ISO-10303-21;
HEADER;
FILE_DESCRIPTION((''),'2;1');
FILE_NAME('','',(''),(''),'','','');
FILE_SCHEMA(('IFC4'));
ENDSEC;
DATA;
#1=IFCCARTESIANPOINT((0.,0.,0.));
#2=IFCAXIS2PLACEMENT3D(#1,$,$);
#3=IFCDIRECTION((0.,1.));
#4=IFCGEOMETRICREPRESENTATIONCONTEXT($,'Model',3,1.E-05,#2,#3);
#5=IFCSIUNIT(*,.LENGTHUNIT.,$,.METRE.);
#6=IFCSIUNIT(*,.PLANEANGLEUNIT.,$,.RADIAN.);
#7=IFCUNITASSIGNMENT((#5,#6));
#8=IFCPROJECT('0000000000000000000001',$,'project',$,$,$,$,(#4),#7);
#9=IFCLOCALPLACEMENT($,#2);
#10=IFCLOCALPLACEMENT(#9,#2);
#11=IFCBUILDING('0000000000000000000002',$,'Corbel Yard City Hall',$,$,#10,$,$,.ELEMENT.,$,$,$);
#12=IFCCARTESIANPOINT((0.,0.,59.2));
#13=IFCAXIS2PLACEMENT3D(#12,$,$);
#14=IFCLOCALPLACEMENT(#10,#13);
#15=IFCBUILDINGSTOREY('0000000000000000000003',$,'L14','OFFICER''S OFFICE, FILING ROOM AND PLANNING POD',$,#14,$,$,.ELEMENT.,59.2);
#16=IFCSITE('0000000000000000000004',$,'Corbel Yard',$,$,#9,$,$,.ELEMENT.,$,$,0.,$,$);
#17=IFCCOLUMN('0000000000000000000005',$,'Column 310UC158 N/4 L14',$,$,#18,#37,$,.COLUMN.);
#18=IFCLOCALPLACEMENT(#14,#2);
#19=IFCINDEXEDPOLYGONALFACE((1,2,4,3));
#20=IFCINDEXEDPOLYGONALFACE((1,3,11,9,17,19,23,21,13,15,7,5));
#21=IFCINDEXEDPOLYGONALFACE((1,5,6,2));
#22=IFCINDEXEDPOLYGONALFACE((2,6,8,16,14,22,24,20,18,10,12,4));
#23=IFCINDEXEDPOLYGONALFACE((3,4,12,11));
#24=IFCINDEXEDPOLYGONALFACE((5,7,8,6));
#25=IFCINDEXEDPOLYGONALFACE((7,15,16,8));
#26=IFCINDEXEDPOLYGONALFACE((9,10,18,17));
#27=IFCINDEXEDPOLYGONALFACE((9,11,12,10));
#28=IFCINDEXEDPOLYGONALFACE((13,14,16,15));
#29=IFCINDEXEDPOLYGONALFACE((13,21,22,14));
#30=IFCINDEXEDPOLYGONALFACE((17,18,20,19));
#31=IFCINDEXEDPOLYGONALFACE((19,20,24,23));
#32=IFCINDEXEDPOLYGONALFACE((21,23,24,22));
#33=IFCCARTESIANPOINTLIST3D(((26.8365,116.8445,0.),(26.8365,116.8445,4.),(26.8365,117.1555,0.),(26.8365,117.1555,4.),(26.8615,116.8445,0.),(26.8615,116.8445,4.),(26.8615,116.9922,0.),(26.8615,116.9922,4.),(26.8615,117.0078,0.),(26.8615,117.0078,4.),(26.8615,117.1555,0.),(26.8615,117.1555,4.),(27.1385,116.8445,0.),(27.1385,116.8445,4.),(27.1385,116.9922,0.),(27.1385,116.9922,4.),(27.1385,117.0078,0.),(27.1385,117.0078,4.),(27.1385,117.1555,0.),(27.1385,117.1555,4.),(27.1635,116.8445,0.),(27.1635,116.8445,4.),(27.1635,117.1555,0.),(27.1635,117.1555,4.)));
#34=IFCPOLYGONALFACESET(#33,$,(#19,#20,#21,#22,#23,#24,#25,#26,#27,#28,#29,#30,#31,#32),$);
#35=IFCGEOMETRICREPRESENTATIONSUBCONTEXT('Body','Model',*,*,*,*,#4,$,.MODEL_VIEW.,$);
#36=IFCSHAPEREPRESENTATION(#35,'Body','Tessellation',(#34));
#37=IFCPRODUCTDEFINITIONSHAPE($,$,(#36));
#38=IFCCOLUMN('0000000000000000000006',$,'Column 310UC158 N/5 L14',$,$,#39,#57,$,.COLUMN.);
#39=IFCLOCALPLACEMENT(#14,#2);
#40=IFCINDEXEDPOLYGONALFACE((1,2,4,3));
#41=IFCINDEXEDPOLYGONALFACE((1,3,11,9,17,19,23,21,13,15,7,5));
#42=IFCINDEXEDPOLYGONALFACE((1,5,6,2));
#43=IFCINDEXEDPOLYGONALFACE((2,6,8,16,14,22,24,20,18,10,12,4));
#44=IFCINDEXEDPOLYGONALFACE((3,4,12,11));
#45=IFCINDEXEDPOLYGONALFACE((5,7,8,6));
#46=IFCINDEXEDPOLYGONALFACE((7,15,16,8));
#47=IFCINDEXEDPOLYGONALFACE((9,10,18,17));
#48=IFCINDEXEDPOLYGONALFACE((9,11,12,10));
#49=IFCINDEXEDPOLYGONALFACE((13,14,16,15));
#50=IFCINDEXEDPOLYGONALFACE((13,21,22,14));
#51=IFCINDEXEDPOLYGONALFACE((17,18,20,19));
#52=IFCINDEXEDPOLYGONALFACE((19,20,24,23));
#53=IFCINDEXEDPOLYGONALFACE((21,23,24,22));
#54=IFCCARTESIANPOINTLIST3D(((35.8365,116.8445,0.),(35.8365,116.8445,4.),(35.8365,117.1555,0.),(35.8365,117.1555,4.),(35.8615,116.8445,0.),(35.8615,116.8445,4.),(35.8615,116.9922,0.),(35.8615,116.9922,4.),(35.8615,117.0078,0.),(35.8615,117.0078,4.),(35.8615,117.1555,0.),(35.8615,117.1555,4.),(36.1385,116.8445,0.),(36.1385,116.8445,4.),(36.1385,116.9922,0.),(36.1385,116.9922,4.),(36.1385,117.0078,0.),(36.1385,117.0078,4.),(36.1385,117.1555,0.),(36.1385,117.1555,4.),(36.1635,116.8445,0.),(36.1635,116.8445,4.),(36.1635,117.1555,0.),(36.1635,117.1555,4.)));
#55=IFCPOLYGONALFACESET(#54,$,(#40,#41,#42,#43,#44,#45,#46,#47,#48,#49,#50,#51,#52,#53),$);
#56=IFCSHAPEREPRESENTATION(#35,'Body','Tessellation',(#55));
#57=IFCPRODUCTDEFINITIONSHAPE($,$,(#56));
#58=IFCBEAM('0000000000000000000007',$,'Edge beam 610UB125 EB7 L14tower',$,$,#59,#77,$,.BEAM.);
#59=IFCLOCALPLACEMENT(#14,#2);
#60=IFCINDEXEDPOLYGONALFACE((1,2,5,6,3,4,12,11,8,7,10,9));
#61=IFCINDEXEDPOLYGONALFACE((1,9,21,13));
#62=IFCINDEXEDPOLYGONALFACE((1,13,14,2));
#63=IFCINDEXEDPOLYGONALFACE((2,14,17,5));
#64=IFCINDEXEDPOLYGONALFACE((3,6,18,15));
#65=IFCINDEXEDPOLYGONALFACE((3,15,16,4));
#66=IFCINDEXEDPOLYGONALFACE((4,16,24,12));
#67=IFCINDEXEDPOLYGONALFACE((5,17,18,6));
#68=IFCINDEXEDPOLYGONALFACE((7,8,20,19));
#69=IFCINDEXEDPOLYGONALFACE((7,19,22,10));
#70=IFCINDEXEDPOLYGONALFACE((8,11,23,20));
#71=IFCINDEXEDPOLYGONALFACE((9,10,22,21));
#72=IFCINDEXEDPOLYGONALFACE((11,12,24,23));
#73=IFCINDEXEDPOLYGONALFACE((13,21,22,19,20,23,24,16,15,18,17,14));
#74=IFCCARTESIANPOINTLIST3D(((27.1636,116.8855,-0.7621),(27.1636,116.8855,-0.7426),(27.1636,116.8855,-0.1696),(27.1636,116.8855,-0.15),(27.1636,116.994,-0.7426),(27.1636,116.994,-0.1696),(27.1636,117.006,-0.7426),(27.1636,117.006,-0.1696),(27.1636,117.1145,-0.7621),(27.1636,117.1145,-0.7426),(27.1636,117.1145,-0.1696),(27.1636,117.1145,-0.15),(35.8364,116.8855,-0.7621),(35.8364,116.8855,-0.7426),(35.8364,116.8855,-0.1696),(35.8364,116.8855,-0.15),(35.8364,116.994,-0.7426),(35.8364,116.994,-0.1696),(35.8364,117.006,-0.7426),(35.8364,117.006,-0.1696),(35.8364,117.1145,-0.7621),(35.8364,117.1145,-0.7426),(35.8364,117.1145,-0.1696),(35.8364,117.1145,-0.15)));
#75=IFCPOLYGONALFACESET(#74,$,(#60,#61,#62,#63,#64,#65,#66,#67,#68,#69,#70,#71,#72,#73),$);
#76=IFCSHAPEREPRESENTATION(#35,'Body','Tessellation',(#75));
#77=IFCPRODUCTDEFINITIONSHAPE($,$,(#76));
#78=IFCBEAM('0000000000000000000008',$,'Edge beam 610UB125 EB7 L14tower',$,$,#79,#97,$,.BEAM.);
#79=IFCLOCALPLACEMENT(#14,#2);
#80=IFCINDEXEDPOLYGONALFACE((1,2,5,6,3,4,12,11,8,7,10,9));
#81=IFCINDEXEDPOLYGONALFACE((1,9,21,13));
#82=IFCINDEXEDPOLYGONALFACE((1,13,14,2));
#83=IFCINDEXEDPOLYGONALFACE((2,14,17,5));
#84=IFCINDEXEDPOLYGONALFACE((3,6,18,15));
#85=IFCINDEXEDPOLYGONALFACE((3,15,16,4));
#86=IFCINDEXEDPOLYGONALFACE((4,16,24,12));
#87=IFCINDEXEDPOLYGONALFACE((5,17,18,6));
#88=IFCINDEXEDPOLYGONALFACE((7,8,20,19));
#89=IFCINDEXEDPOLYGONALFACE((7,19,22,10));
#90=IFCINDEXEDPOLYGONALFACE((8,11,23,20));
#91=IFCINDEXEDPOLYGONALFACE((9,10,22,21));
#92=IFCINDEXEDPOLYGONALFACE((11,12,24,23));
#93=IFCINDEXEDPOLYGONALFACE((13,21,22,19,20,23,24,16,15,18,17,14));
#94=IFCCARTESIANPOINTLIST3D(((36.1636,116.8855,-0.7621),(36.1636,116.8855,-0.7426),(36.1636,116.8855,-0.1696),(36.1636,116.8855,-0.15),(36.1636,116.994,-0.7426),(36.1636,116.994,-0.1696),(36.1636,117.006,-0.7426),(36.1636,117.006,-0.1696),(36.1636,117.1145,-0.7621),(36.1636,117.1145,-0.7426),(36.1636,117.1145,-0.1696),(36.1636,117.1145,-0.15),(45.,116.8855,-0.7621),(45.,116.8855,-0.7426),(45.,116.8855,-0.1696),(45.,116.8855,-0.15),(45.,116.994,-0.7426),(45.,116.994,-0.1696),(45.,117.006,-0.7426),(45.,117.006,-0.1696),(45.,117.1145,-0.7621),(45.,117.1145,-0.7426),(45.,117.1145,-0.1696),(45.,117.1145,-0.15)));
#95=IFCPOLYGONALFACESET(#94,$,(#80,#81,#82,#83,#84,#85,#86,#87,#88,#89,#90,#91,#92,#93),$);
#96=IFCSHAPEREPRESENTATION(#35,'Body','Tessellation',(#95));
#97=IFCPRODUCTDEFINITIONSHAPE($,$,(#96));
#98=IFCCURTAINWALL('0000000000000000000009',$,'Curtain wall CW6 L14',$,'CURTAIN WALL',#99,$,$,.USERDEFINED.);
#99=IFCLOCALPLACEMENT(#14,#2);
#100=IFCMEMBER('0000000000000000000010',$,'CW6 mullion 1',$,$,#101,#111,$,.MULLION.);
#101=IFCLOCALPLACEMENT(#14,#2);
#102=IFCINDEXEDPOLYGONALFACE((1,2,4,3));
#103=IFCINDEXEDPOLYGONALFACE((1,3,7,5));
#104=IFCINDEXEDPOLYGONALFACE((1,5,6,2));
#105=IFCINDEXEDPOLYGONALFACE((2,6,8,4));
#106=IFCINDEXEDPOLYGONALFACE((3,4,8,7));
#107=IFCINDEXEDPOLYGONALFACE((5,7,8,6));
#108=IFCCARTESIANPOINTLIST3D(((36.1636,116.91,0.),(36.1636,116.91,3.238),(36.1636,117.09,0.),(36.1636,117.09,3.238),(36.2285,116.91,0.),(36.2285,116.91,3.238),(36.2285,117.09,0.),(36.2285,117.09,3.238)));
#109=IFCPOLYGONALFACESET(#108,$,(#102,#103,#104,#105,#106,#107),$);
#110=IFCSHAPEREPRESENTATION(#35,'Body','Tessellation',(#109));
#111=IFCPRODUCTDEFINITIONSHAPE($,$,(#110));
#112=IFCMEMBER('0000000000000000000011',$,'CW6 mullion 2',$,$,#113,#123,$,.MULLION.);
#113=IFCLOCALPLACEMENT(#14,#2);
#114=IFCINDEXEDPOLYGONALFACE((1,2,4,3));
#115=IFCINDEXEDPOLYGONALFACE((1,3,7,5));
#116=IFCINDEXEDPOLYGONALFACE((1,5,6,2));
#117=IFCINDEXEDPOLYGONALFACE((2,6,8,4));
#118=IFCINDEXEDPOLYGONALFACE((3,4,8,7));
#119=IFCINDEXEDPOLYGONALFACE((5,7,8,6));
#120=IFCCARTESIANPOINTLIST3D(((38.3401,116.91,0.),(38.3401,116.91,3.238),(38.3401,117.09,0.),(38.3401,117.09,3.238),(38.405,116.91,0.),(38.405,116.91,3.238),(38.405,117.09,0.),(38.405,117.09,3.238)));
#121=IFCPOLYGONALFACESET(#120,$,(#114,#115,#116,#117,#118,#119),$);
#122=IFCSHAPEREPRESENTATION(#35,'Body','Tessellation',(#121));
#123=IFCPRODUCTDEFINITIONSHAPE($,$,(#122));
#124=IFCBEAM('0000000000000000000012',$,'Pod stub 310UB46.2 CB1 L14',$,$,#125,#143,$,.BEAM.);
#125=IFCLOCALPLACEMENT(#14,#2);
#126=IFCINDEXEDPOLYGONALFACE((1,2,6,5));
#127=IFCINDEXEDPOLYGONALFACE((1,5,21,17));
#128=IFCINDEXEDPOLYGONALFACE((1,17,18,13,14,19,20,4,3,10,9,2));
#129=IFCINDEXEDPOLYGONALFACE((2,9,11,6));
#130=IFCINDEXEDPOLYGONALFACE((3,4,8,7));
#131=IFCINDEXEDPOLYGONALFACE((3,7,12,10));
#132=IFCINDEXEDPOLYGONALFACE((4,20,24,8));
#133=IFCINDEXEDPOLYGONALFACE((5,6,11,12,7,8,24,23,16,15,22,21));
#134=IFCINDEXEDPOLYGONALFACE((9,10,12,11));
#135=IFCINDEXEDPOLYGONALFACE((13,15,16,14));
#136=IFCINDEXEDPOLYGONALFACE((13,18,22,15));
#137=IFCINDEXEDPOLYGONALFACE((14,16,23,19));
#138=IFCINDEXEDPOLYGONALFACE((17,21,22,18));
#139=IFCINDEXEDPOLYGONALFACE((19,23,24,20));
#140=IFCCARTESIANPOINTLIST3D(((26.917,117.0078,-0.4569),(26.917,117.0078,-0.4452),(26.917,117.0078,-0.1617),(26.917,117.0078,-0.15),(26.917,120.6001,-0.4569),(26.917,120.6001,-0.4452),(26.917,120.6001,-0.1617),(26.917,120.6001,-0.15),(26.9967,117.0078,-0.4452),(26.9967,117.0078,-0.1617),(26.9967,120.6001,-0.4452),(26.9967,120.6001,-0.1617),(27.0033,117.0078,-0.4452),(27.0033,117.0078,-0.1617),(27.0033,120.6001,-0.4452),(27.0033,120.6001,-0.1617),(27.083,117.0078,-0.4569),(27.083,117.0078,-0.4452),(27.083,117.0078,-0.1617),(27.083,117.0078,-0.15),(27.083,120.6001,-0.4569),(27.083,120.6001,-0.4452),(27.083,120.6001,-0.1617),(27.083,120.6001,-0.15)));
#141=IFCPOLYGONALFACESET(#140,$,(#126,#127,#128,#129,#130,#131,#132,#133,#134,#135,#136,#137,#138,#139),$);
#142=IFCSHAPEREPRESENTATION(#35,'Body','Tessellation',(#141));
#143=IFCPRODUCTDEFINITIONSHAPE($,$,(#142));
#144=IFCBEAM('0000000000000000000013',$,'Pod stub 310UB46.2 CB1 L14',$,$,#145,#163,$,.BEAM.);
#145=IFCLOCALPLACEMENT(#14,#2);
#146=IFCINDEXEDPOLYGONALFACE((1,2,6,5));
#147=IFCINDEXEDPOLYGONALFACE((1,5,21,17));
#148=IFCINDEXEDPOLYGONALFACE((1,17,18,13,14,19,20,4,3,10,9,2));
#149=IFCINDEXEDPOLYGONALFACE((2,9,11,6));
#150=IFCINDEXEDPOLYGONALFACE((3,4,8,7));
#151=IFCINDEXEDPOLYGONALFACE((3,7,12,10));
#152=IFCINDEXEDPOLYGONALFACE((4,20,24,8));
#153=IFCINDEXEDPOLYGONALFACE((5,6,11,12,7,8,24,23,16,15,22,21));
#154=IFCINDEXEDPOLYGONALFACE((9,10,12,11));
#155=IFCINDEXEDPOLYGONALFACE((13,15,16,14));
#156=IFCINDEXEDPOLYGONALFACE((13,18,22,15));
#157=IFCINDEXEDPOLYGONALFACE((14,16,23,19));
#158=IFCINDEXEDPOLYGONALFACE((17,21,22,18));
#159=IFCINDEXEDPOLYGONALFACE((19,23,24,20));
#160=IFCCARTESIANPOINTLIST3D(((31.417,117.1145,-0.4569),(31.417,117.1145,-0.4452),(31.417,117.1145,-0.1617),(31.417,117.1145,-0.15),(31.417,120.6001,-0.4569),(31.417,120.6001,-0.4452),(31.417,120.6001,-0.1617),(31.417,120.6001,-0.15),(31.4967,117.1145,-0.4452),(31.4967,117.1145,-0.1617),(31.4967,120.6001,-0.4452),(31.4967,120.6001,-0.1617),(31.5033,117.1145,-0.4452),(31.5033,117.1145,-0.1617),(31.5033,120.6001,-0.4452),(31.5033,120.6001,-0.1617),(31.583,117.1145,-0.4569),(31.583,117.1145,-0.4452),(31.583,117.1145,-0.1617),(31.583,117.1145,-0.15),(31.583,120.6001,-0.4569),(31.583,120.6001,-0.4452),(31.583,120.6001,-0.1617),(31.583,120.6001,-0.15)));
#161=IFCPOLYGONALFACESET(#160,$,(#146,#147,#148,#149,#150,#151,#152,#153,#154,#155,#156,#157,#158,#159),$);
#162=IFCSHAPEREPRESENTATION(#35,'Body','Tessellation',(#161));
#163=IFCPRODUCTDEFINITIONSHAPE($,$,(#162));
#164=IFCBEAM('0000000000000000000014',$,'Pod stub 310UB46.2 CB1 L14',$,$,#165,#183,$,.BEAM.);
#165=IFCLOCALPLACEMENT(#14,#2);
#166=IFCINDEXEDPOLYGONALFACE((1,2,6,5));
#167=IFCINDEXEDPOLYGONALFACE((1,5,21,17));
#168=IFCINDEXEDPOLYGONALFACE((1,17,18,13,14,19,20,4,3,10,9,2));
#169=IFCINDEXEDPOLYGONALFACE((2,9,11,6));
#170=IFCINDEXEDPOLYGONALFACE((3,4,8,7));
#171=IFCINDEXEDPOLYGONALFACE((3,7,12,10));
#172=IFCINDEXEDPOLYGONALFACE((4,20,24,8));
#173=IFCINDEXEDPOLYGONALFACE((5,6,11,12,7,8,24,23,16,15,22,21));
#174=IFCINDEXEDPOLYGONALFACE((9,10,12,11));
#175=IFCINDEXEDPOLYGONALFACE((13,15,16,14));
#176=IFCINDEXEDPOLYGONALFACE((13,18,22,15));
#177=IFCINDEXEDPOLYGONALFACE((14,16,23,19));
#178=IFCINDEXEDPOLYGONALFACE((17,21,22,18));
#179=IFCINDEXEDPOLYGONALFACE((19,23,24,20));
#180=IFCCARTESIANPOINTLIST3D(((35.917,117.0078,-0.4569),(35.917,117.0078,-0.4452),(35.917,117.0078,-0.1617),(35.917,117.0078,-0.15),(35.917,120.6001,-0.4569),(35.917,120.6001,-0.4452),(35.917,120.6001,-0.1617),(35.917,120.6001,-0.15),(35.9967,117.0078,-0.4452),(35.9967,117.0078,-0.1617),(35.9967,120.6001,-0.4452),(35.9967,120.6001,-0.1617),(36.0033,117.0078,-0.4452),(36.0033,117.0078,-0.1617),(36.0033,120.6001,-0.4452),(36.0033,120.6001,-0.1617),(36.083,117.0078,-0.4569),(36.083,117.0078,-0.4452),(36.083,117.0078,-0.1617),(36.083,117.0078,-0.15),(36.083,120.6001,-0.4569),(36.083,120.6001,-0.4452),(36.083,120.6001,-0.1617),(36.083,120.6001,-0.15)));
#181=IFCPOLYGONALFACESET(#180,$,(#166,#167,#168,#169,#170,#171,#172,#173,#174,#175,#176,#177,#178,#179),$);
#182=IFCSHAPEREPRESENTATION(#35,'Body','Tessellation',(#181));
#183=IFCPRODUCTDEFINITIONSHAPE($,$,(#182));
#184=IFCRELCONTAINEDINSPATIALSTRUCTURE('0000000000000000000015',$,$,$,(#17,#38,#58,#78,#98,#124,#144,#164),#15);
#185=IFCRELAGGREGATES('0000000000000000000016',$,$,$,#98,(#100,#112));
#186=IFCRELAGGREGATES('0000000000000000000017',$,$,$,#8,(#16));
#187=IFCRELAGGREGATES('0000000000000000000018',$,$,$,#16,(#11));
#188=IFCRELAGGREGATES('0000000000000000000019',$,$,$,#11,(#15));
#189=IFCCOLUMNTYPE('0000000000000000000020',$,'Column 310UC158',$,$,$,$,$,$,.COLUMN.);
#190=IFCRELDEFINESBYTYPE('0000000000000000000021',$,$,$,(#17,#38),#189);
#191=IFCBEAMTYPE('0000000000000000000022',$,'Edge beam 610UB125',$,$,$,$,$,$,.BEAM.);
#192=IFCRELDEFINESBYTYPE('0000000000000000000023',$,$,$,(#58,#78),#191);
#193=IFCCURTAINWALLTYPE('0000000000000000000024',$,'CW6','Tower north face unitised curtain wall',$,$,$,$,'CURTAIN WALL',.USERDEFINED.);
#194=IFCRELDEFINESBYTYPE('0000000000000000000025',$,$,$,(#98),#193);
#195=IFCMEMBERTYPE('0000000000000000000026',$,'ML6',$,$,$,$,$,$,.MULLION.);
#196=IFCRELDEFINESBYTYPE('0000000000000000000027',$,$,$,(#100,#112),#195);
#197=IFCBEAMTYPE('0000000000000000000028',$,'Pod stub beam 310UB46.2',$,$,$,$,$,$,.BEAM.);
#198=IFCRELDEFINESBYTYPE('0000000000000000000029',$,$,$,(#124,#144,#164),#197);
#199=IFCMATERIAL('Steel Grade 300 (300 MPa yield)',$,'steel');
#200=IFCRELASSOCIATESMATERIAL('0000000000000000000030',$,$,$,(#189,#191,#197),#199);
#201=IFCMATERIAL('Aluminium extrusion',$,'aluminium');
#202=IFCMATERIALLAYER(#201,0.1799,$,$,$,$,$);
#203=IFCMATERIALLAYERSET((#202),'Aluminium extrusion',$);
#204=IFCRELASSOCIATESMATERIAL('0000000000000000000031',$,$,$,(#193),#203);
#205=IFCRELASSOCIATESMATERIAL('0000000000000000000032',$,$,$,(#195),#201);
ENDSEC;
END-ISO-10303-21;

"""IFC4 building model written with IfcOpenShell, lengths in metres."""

from ifc_helpers import new_model, si_unit, direction, frame, origin, origin_2d, place, context, subcontext, project, spatial, rectangle, i_section, extrude, material, layer, layer_set, material_profile, profile_set, type_object, element, aggregate, save


model = new_model("IFC4")

# Units and contexts
model_context = context("Model", 3, precision=1e-05, world=origin(), true_north=direction((0.0, 1.0)))
body_context = subcontext(model_context, "Body", "Model", "MODEL_VIEW")
ifc_project = project(units=[si_unit("LENGTHUNIT", "METRE"), si_unit("PLANEANGLEUNIT", "RADIAN")], contexts=[model_context])

# Site, building, storey
site_placement = place(None, origin())
site = spatial("IfcSite", under=ifc_project, at=site_placement, Name="Corbel Yard", CompositionType="ELEMENT", RefElevation=0.0)
building_placement = place(site_placement, origin())
building = spatial("IfcBuilding", under=site, at=building_placement, Name="Corbel Yard City Hall", CompositionType="ELEMENT")
storey_placement = place(building_placement, frame((0.0, 0.0, 59.2)))
storey = spatial("IfcBuildingStorey", under=building, at=storey_placement, Name="L14", Description="OFFICER'S OFFICE, FILING ROOM AND PLANNING POD", CompositionType="ELEMENT", Elevation=59.2)

# Columns
ifc_material_1 = material(Name="Steel Grade 300 (300 MPa yield)", Category="steel")
ifc_material_profile_1 = material_profile(ifc_material_1, i_section(OverallWidth=0.311, OverallDepth=0.3269, WebThickness=0.0156, FlangeThickness=0.0249, at=origin_2d()), Name="310UC158")
ifc_profile_set_1 = profile_set([ifc_material_profile_1], Name="Steel Grade 300 (300 MPa yield)")
column_type = type_object("IfcColumnType", Name="Column 310UC158", PredefinedType="COLUMN", material=ifc_profile_set_1)
for number, where, z_axis, x_axis, name in (
    (1, (27.0, 117.0, 0.0), (0.0, 0.0, 1.0), (0.0, 1.0, 0.0), "Column 310UC158 N/4 L14"),
    (2, (36.0, 117.0, 0.0), (0.0, 0.0, 1.0), (0.0, 1.0, 0.0), "Column 310UC158 N/5 L14"),
):
    element("IfcColumn", number, at=place(storey_placement, frame(where, z_axis=z_axis, x_axis=x_axis)), inside=storey, type_object=column_type, Name=name, PredefinedType="COLUMN", context=body_context, shape_type="SweptSolid", body=[
        extrude(i_section(OverallWidth=0.311, OverallDepth=0.3269, WebThickness=0.0156, FlangeThickness=0.0249, at=origin_2d()), origin(), (0.0, 0.0, 1.0), 4.0),
    ])

# Beams
ifc_material_profile_2 = material_profile(ifc_material_1, i_section(OverallWidth=0.229, OverallDepth=0.6121, WebThickness=0.012, FlangeThickness=0.0195, at=origin_2d()), Name="610UB125")
ifc_profile_set_2 = profile_set([ifc_material_profile_2], Name="Steel Grade 300 (300 MPa yield)")
beam_type_1 = type_object("IfcBeamType", Name="Edge beam 610UB125", PredefinedType="BEAM", material=ifc_profile_set_2)
beam_1_placement = place(storey_placement, frame((27.1636, 117.0, -0.4561), z_axis=(1.0, 0.0, 0.0), x_axis=(0.0, 1.0, 0.0)))
element("IfcBeam", 3, at=beam_1_placement, inside=storey, type_object=beam_type_1, Name="Edge beam 610UB125 EB7 L14tower", PredefinedType="BEAM", context=body_context, shape_type="SweptSolid", body=[
    extrude(i_section(OverallWidth=0.229, OverallDepth=0.6121, WebThickness=0.012, FlangeThickness=0.0195, at=origin_2d()), origin(), (0.0, 0.0, 1.0), 8.6729),
])
beam_2_placement = place(storey_placement, frame((36.1636, 117.0, -0.4561), z_axis=(1.0, 0.0, 0.0), x_axis=(0.0, 1.0, 0.0)))
element("IfcBeam", 4, at=beam_2_placement, inside=storey, type_object=beam_type_1, Name="Edge beam 610UB125 EB7 L14tower", PredefinedType="BEAM", context=body_context, shape_type="SweptSolid", body=[
    extrude(i_section(OverallWidth=0.229, OverallDepth=0.6121, WebThickness=0.012, FlangeThickness=0.0195, at=origin_2d()), origin(), (0.0, 0.0, 1.0), 8.8364),
])

# Curtain wall, members
ifc_material_2 = material(Name="Aluminium extrusion", Category="aluminium")
ifc_layer_1 = layer(ifc_material_2, 0.1799)
ifc_layer_set_1 = layer_set([ifc_layer_1], Name="Aluminium extrusion")
curtain_wall_type = type_object("IfcCurtainWallType", Name="CW6", Description="Tower north face unitised curtain wall", ElementType="CURTAIN WALL", PredefinedType="USERDEFINED", material=ifc_layer_set_1)
curtain_wall_placement = place(storey_placement, origin())
curtain_wall = element("IfcCurtainWall", 5, at=curtain_wall_placement, inside=storey, type_object=curtain_wall_type, Name="Curtain wall CW6 L14", ObjectType="CURTAIN WALL", PredefinedType="USERDEFINED")
ifc_material_profile_3 = material_profile(ifc_material_2, rectangle(XDim=0.1799, YDim=0.0649, at=origin_2d()), Name="180x65")
ifc_profile_set_3 = profile_set([ifc_material_profile_3], Name="Aluminium extrusion")
member_type_1 = type_object("IfcMemberType", Name="ML6", PredefinedType="MULLION", material=ifc_profile_set_3)
member_1_placement = place(storey_placement, frame((36.196, 117.0, 0.0), z_axis=(0.0, 0.0, 1.0), x_axis=(0.0, 1.0, 0.0)))
member_1 = element("IfcMember", 6, at=member_1_placement, type_object=member_type_1, Name="CW6 mullion 1", PredefinedType="MULLION", context=body_context, shape_type="SweptSolid", body=[
    extrude(rectangle(XDim=0.1799, YDim=0.0649, at=origin_2d()), origin(), (0.0, 0.0, 1.0), 3.238),
])
member_2_placement = place(storey_placement, frame((38.3726, 117.0, 0.0), z_axis=(0.0, 0.0, 1.0), x_axis=(0.0, 1.0, 0.0)))
member_2 = element("IfcMember", 7, at=member_2_placement, type_object=member_type_1, Name="CW6 mullion 2", PredefinedType="MULLION", context=body_context, shape_type="SweptSolid", body=[
    extrude(rectangle(XDim=0.1799, YDim=0.0649, at=origin_2d()), origin(), (0.0, 0.0, 1.0), 3.238),
])

# Beams
ifc_material_profile_4 = material_profile(ifc_material_1, i_section(OverallWidth=0.166, OverallDepth=0.3069, WebThickness=0.0066, FlangeThickness=0.0117, at=origin_2d()), Name="310UB46.2")
ifc_profile_set_4 = profile_set([ifc_material_profile_4], Name="Steel Grade 300 (300 MPa yield)")
beam_type_2 = type_object("IfcBeamType", Name="Pod stub beam 310UB46.2", PredefinedType="BEAM", material=ifc_profile_set_4)
beam_3_placement = place(storey_placement, frame((27.0, 117.0078, -0.3035), z_axis=(0.0, 1.0, 0.0), x_axis=(-1.0, 0.0, 0.0)))
element("IfcBeam", 8, at=beam_3_placement, inside=storey, type_object=beam_type_2, Name="Pod stub 310UB46.2 CB1 L14", PredefinedType="BEAM", context=body_context, shape_type="SweptSolid", body=[
    extrude(i_section(OverallWidth=0.166, OverallDepth=0.3069, WebThickness=0.0066, FlangeThickness=0.0117, at=origin_2d()), origin(), (0.0, 0.0, 1.0), 3.5923),
])
beam_4_placement = place(storey_placement, frame((31.5, 117.1145, -0.3035), z_axis=(0.0, 1.0, 0.0), x_axis=(-1.0, 0.0, 0.0)))
element("IfcBeam", 9, at=beam_4_placement, inside=storey, type_object=beam_type_2, Name="Pod stub 310UB46.2 CB1 L14", PredefinedType="BEAM", context=body_context, shape_type="SweptSolid", body=[
    extrude(i_section(OverallWidth=0.166, OverallDepth=0.3069, WebThickness=0.0066, FlangeThickness=0.0117, at=origin_2d()), origin(), (0.0, 0.0, 1.0), 3.4856),
])
beam_5_placement = place(storey_placement, frame((36.0, 117.0078, -0.3035), z_axis=(0.0, 1.0, 0.0), x_axis=(-1.0, 0.0, 0.0)))
element("IfcBeam", 10, at=beam_5_placement, inside=storey, type_object=beam_type_2, Name="Pod stub 310UB46.2 CB1 L14", PredefinedType="BEAM", context=body_context, shape_type="SweptSolid", body=[
    extrude(i_section(OverallWidth=0.166, OverallDepth=0.3069, WebThickness=0.0066, FlangeThickness=0.0117, at=origin_2d()), origin(), (0.0, 0.0, 1.0), 3.5923),
])

aggregate(curtain_wall, [member_1, member_2])

save(model, "model.ifc")
